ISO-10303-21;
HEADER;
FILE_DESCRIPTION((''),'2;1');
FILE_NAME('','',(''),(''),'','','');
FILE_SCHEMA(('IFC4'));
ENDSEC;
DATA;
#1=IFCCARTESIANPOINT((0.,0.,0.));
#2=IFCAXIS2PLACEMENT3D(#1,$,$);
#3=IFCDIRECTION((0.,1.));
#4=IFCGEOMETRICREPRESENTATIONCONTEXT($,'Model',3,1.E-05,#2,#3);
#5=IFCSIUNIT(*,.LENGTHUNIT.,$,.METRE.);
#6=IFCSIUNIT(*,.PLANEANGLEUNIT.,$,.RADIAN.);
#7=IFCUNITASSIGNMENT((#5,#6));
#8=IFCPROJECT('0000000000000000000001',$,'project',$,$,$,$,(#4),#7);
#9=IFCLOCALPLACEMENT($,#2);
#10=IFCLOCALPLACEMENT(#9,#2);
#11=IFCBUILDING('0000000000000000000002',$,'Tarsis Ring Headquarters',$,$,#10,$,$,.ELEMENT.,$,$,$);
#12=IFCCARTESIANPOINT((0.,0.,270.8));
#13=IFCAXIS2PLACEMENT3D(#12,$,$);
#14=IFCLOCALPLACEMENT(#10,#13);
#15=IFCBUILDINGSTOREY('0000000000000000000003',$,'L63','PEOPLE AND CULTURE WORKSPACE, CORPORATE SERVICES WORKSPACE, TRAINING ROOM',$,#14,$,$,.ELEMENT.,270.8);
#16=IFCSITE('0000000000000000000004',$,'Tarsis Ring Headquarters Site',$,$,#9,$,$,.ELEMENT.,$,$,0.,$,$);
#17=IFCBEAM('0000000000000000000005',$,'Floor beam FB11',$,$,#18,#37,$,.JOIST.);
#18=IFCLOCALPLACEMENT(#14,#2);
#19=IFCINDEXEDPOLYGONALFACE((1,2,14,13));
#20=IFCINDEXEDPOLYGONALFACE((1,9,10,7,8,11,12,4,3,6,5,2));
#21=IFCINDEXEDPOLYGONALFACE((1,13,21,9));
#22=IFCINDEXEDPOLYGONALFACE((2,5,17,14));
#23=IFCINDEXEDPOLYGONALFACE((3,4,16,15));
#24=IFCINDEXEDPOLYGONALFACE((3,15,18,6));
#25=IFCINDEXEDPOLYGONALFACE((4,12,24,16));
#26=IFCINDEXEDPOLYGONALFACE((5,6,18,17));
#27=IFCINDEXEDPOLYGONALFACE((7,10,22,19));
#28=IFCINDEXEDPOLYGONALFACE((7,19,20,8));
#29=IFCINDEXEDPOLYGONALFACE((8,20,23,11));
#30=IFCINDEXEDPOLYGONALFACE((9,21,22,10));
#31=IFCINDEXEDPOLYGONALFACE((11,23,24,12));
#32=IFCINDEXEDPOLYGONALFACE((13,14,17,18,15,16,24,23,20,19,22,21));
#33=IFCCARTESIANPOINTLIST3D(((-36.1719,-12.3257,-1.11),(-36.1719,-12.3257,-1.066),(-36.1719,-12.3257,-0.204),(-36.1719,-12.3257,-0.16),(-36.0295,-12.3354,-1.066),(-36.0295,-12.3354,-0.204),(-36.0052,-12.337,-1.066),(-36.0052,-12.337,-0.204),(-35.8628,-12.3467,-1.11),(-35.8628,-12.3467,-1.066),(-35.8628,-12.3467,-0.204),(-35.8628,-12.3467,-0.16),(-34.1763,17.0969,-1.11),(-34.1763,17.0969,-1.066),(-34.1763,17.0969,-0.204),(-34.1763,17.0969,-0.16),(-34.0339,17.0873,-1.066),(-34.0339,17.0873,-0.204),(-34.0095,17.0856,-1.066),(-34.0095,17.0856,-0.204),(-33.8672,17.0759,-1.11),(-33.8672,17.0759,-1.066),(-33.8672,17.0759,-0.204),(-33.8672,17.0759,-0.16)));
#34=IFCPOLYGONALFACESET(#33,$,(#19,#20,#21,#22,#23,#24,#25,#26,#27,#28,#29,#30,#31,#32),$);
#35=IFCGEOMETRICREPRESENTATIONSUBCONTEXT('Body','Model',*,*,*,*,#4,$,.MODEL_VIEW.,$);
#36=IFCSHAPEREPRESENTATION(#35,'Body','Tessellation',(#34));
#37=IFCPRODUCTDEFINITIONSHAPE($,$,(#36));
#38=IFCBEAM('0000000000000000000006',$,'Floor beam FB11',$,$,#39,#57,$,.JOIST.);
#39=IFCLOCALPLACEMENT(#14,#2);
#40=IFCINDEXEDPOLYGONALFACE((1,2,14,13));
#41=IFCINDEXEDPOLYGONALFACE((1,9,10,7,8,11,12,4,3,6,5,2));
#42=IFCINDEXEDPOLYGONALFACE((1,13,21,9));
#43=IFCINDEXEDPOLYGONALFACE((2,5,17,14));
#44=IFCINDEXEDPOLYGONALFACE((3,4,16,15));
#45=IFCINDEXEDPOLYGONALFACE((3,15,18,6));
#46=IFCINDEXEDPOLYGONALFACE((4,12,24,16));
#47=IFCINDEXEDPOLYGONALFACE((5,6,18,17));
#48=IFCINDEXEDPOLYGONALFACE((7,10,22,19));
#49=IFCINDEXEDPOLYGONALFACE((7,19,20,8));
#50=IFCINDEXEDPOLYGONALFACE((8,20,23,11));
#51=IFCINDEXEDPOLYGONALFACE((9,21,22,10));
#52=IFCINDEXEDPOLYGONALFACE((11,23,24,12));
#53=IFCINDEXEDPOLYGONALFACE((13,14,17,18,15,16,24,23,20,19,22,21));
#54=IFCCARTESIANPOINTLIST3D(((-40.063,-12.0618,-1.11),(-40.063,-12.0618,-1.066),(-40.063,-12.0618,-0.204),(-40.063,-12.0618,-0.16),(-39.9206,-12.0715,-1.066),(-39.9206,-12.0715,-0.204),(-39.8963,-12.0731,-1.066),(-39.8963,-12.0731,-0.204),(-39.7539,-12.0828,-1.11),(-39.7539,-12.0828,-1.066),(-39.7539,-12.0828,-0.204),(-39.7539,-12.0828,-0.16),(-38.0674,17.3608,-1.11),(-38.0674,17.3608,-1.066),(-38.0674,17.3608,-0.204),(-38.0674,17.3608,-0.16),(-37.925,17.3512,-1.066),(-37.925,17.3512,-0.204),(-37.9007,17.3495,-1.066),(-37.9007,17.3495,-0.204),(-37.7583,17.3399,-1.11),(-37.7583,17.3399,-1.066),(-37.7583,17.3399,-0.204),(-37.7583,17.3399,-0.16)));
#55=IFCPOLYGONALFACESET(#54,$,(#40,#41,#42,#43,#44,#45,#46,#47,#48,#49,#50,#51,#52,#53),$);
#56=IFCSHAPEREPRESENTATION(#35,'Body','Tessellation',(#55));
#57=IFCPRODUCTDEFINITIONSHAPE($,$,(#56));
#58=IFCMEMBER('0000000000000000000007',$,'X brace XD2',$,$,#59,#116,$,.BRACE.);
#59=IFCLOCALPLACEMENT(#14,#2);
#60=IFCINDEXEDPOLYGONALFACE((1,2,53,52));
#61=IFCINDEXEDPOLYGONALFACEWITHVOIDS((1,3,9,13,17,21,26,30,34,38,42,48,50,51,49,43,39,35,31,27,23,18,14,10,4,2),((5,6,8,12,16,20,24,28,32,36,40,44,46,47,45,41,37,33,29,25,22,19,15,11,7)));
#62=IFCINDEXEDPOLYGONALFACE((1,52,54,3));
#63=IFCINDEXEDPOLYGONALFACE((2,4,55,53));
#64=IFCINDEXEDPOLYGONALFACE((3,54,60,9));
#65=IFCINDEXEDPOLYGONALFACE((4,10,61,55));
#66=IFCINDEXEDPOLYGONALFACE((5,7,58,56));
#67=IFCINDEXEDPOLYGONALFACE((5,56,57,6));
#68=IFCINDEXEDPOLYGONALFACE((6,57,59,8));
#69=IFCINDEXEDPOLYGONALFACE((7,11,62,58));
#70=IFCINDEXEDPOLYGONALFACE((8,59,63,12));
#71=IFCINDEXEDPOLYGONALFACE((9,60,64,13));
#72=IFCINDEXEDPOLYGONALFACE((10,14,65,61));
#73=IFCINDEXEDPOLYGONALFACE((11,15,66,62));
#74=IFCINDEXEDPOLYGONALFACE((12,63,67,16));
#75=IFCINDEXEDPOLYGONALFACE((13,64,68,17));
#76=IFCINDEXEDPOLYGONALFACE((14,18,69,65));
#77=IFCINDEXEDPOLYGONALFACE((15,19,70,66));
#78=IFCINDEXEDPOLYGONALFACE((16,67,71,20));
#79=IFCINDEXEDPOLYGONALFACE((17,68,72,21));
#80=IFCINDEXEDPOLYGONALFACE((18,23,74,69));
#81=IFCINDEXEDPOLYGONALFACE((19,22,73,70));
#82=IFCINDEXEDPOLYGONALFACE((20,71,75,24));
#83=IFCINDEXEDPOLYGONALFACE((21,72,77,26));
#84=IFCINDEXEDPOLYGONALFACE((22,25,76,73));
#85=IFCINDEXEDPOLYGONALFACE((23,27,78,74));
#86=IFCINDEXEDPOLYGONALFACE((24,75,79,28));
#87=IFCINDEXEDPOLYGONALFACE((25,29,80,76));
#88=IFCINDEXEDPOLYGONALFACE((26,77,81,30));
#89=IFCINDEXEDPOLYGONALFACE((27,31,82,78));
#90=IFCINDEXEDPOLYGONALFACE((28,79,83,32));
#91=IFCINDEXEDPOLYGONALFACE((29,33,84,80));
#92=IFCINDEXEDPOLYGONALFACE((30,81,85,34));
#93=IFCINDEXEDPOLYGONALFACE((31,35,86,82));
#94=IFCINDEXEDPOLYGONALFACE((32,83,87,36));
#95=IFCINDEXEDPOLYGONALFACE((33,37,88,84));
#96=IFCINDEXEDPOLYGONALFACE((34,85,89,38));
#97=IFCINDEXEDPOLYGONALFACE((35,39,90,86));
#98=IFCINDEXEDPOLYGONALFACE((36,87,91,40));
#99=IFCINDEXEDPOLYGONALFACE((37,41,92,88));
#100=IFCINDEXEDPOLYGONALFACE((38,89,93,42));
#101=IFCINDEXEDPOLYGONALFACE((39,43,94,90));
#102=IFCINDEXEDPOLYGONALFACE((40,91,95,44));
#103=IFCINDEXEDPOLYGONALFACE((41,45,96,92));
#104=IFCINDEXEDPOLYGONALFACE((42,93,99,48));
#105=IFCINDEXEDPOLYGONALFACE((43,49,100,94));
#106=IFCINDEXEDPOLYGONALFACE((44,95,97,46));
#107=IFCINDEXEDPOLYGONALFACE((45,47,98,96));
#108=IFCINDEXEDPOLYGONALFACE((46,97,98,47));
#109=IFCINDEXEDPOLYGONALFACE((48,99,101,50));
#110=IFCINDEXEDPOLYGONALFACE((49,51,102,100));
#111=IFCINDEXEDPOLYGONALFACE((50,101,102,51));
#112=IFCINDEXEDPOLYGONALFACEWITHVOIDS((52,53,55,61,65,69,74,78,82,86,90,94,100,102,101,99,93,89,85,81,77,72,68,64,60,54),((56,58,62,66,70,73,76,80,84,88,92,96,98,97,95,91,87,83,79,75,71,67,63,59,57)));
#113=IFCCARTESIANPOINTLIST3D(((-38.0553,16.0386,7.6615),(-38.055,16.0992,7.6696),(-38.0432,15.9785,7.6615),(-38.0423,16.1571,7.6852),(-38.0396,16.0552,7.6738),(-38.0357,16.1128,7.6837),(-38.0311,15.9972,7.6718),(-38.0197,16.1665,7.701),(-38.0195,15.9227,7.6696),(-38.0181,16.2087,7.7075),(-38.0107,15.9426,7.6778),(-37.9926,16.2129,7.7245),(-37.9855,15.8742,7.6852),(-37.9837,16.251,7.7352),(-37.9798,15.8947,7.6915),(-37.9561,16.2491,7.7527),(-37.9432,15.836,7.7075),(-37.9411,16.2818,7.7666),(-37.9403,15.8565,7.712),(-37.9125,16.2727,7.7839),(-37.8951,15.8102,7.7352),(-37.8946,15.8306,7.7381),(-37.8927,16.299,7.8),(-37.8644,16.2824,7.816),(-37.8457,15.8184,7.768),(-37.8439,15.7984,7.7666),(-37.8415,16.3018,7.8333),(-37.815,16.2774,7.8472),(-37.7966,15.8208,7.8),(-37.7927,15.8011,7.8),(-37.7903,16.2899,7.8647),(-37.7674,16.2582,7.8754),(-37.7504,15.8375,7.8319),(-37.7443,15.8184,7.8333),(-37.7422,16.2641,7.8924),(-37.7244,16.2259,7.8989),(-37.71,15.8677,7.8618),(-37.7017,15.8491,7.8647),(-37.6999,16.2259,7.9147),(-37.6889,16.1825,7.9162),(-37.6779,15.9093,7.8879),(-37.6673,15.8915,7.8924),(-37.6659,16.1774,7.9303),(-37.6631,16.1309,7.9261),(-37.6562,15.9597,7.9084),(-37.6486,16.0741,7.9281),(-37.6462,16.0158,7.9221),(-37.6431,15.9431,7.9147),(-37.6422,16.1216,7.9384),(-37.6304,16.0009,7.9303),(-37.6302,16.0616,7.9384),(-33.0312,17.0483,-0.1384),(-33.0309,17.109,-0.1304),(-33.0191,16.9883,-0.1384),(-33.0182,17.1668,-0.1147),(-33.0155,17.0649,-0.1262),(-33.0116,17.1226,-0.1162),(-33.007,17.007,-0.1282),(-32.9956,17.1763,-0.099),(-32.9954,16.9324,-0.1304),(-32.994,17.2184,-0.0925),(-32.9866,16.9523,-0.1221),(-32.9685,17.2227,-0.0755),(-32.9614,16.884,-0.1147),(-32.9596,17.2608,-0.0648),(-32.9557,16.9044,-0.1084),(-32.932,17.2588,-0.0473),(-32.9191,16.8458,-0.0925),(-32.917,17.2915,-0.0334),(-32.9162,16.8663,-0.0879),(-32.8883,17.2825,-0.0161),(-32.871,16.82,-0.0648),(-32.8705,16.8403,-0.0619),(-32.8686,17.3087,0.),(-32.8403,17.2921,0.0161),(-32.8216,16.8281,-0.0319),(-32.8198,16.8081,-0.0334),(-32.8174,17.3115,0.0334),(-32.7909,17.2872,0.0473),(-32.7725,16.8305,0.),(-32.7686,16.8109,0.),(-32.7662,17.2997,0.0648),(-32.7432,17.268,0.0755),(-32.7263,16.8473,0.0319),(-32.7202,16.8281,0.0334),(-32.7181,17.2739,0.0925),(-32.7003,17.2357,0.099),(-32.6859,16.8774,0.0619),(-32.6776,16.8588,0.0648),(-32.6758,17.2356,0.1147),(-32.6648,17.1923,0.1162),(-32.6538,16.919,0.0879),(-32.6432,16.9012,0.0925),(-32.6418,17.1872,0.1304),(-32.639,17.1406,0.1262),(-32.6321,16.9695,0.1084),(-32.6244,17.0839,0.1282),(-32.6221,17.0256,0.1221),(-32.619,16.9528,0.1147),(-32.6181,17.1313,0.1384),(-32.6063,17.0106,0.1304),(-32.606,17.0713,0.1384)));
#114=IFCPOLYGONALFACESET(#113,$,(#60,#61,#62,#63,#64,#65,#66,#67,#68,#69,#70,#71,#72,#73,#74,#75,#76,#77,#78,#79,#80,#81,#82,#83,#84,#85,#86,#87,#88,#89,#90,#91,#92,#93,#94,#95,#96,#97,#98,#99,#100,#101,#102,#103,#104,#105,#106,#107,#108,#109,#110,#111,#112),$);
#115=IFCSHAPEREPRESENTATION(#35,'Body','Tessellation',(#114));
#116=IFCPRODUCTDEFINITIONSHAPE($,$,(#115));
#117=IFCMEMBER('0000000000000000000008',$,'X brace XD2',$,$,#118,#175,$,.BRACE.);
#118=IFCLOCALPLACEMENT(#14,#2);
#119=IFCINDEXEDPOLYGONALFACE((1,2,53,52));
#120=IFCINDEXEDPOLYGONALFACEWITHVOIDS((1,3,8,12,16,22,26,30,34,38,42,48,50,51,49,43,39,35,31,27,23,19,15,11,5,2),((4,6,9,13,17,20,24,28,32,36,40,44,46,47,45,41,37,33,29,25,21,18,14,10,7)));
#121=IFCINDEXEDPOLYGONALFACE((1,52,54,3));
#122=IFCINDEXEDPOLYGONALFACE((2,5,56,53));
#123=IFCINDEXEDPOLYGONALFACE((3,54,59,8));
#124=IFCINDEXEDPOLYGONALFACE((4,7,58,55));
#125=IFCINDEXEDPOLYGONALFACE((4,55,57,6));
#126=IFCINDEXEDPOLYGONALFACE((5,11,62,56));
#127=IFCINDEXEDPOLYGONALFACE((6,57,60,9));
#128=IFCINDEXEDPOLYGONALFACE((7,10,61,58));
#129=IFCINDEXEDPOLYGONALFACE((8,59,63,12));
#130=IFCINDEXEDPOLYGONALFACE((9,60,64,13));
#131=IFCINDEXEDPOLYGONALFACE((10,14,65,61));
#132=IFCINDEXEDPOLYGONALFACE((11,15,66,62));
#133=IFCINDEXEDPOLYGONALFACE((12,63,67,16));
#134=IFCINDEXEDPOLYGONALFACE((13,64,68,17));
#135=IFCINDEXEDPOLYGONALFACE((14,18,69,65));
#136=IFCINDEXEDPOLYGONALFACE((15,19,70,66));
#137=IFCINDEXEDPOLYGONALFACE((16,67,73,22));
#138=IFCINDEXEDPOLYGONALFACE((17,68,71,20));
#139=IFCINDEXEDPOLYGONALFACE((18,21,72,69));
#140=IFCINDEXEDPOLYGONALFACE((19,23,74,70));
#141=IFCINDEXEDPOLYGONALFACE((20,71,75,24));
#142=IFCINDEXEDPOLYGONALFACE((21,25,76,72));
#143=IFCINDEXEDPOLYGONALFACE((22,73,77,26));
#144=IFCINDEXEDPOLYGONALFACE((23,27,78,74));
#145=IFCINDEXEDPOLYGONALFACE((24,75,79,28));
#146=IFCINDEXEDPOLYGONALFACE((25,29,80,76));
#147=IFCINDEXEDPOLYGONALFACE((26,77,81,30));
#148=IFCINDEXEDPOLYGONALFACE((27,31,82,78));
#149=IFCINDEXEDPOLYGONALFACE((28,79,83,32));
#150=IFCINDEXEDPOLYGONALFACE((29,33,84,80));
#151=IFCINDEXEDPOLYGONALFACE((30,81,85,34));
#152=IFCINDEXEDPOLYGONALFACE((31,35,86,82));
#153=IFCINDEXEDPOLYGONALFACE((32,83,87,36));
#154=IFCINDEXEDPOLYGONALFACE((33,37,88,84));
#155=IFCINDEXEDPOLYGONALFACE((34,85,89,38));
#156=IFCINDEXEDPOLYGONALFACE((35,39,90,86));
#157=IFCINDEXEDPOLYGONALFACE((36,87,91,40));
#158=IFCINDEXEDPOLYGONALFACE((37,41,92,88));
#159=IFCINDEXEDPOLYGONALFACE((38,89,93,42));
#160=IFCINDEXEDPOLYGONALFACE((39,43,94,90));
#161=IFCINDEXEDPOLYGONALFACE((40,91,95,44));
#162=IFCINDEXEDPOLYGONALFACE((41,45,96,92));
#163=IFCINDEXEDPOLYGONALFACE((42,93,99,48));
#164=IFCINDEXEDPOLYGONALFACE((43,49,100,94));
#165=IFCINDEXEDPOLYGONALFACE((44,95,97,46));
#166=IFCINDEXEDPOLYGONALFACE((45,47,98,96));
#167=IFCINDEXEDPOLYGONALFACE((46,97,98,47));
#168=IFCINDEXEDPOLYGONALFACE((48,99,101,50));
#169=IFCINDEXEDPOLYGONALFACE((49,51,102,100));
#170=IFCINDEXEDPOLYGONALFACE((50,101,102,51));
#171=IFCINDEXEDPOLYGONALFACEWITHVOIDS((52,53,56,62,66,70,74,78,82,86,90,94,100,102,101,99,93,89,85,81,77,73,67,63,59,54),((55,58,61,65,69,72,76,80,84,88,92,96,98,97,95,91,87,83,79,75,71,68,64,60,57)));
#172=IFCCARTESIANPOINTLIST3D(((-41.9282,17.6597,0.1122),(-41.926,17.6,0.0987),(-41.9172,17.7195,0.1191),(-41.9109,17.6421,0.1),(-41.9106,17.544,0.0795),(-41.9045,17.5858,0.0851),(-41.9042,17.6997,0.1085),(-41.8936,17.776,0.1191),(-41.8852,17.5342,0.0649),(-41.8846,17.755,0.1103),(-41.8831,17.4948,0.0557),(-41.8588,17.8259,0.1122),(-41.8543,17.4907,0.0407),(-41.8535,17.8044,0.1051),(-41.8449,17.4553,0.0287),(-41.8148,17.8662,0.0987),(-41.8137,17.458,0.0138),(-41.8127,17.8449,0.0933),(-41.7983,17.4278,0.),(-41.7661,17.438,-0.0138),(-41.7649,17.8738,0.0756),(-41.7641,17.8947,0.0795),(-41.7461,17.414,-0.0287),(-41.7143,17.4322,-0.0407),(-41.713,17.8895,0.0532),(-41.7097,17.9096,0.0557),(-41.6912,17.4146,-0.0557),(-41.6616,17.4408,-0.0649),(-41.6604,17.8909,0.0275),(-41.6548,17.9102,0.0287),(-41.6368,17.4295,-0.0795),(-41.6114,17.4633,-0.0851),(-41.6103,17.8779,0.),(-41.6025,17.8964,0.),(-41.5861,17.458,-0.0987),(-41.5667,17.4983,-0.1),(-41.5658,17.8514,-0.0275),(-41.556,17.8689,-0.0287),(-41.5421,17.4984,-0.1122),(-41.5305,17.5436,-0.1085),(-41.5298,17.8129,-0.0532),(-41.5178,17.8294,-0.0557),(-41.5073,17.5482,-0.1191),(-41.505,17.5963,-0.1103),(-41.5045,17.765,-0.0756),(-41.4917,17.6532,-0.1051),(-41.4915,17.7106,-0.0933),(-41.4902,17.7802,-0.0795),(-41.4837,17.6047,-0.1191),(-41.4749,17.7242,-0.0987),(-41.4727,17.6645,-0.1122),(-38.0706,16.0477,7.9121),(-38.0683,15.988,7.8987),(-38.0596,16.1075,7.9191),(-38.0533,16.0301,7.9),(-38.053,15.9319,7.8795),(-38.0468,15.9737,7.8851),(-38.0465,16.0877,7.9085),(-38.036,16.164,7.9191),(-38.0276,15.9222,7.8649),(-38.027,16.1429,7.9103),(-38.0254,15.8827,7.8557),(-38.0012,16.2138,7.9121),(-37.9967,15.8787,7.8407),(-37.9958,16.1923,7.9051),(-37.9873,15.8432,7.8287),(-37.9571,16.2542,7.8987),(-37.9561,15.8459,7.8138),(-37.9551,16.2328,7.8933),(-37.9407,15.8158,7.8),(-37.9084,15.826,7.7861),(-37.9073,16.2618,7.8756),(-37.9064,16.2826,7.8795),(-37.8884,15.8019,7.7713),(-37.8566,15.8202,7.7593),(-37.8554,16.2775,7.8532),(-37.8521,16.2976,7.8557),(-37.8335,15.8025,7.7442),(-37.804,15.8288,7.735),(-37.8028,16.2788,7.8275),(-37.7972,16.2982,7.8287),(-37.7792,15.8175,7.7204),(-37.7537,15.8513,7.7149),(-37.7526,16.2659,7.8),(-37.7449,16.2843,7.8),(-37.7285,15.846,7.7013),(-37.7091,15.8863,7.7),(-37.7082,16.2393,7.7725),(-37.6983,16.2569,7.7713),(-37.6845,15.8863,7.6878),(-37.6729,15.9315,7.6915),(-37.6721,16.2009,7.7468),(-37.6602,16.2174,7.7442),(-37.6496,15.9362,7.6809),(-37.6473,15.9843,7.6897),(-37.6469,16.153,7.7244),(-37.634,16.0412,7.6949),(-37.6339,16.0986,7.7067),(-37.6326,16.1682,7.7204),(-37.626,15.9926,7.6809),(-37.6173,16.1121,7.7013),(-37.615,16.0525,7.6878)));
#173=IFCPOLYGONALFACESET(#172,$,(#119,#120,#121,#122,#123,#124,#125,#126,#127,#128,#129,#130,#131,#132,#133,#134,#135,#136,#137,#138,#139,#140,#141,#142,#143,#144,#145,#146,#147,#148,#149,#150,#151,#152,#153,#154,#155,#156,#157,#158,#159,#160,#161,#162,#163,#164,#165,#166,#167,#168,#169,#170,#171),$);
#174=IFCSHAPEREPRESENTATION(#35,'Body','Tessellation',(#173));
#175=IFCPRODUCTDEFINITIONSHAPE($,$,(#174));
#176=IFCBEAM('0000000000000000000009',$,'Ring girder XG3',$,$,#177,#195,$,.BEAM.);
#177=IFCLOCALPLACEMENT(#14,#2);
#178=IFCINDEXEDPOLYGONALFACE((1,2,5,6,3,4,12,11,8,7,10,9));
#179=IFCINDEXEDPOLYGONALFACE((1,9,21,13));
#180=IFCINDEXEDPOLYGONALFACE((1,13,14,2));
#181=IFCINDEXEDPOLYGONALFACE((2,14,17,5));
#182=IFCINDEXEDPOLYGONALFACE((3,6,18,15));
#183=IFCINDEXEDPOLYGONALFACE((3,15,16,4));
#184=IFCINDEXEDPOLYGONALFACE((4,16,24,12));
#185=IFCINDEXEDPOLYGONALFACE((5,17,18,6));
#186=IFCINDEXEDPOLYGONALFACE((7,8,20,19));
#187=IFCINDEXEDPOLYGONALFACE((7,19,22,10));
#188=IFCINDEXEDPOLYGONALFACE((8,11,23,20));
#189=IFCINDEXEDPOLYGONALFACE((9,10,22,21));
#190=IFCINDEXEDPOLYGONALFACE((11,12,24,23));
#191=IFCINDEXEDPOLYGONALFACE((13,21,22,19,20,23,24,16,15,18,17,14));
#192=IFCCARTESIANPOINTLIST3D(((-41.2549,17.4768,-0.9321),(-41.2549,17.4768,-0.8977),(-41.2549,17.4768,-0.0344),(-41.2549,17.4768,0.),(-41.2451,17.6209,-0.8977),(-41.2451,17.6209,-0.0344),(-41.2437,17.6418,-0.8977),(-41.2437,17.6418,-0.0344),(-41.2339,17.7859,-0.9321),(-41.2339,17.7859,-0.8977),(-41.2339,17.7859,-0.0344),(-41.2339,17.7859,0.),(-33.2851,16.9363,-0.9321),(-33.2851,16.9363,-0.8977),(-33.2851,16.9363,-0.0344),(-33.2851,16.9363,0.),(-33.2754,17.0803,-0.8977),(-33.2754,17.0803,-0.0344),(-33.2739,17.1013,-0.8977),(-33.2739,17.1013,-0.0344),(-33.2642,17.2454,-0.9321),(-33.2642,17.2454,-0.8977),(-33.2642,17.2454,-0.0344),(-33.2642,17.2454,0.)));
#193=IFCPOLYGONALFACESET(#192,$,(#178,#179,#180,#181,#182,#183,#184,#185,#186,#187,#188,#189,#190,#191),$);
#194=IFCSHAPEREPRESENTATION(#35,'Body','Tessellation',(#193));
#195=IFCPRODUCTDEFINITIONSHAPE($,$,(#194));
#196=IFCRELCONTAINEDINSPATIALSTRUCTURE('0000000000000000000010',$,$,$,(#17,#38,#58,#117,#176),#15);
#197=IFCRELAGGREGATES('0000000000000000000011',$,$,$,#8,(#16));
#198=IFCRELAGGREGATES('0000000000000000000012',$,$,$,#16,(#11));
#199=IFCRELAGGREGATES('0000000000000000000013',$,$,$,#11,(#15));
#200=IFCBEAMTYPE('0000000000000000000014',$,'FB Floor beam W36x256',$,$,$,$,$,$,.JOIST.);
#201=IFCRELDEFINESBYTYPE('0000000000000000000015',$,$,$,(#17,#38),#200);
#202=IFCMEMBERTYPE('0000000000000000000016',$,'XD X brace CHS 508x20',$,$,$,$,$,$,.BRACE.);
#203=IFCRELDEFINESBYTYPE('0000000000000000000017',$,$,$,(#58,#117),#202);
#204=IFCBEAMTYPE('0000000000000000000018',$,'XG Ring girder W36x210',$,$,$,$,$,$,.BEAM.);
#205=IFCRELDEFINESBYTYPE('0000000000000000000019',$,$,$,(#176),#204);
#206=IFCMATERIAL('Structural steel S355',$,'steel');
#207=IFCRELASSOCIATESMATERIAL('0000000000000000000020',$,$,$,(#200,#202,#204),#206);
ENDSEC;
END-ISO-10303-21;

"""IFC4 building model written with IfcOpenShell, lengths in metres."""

from ifc_helpers import new_model, si_unit, direction, frame, origin, origin_2d, place, context, subcontext, project, spatial, hollow_circle, i_section, extrude, material, material_profile, profile_set, type_object, element, save


model = new_model("IFC4")

# Units and contexts
model_context = context("Model", 3, precision=1e-05, world=origin(), true_north=direction((0.0, 1.0)))
body_context = subcontext(model_context, "Body", "Model", "MODEL_VIEW")
ifc_project = project(units=[si_unit("LENGTHUNIT", "METRE"), si_unit("PLANEANGLEUNIT", "RADIAN")], contexts=[model_context])

# Site, building, storey
site_placement = place(None, origin())
site = spatial("IfcSite", under=ifc_project, at=site_placement, Name="Tarsis Ring Headquarters Site", CompositionType="ELEMENT", RefElevation=0.0)
building_placement = place(site_placement, origin())
building = spatial("IfcBuilding", under=site, at=building_placement, Name="Tarsis Ring Headquarters", CompositionType="ELEMENT")
storey_placement = place(building_placement, frame((0.0, 0.0, 270.8)))
storey = spatial("IfcBuildingStorey", under=building, at=storey_placement, Name="L63", Description="PEOPLE AND CULTURE WORKSPACE, CORPORATE SERVICES WORKSPACE, TRAINING ROOM", CompositionType="ELEMENT", Elevation=270.8)

# Shared definitions
ifc_material_1 = material(Name="Structural steel S355", Category="steel")

# Beams
ifc_material_profile_1 = material_profile(ifc_material_1, i_section(OverallWidth=0.3098, OverallDepth=0.95, WebThickness=0.0244, FlangeThickness=0.0439, at=origin_2d()), Name="W36x256")
ifc_profile_set_1 = profile_set([ifc_material_profile_1], Name="Structural steel S355")
beam_type_1 = type_object("IfcBeamType", Name="FB Floor beam W36x256", PredefinedType="JOIST", material=ifc_profile_set_1)
for number, where, z_axis, x_axis, name in (
    (1, (-34.0217, 17.0864, -0.635), (-0.06767, -0.997708, 0.0), (0.997708, -0.06767, 0.0), "Floor beam FB11"),
    (2, (-37.9128, 17.3503, -0.635), (-0.06767, -0.997708, 0.0), (0.997708, -0.06767, 0.0), "Floor beam FB11"),
):
    element("IfcBeam", number, at=place(storey_placement, frame(where, z_axis=z_axis, x_axis=x_axis)), inside=storey, type_object=beam_type_1, Name=name, PredefinedType="JOIST", context=body_context, shape_type="SweptSolid", body=[
        extrude(i_section(OverallWidth=0.3098, OverallDepth=0.95, WebThickness=0.0244, FlangeThickness=0.0439, at=origin_2d()), origin(), (0.0, 0.0, 1.0), 29.4902),
    ])

# Members
ifc_material_profile_2 = material_profile(ifc_material_1, hollow_circle(Radius=0.2539, WallThickness=0.02, at=origin_2d()), Name="CHS 508x20")
ifc_profile_set_2 = profile_set([ifc_material_profile_2], Name="Structural steel S355")
member_type = type_object("IfcMemberType", Name="XD X brace CHS 508x20", PredefinedType="BRACE", material=ifc_profile_set_2)
member_1_placement = place(storey_placement, frame((-32.8186, 17.0598, 0.0), z_axis=(-0.53833, -0.108194, 0.83576), x_axis=(0.197041, -0.980395, 0.0)))
element("IfcMember", 3, at=member_1_placement, inside=storey, type_object=member_type, Name="X brace XD2", PredefinedType="BRACE", context=body_context, shape_type="SweptSolid", body=[
    extrude(hollow_circle(Radius=0.2539, WallThickness=0.02, at=origin_2d()), origin(), (0.0, 0.0, 1.0), 9.3328),
])
member_2_placement = place(storey_placement, frame((-41.7004, 17.6621, 0.0), z_axis=(0.435898, -0.182155, 0.881369), x_axis=(0.385573, 0.922677, 0.0)))
element("IfcMember", 4, at=member_2_placement, inside=storey, type_object=member_type, Name="X brace XD2", PredefinedType="BRACE", context=body_context, shape_type="SweptSolid", body=[
    extrude(hollow_circle(Radius=0.2539, WallThickness=0.02, at=origin_2d()), origin(), (0.0, 0.0, 1.0), 8.8499),
])

# Beam
ifc_material_profile_3 = material_profile(ifc_material_1, i_section(OverallWidth=0.3098, OverallDepth=0.9321, WebThickness=0.021, FlangeThickness=0.0344, at=origin_2d()), Name="W36x210")
ifc_profile_set_3 = profile_set([ifc_material_profile_3], Name="Structural steel S355")
beam_type_2 = type_object("IfcBeamType", Name="XG Ring girder W36x210", PredefinedType="BEAM", material=ifc_profile_set_3)
beam_1_placement = place(storey_placement, frame((-33.2747, 17.0908, -0.4661), z_axis=(-0.997708, 0.067667, 0.0), x_axis=(-0.067667, -0.997708, 0.0)))
element("IfcBeam", 5, at=beam_1_placement, inside=storey, type_object=beam_type_2, Name="Ring girder XG3", PredefinedType="BEAM", context=body_context, shape_type="SweptSolid", body=[
    extrude(i_section(OverallWidth=0.3098, OverallDepth=0.9321, WebThickness=0.021, FlangeThickness=0.0344, at=origin_2d()), origin(), (0.0, 0.0, 1.0), 7.988),
])

save(model, "model.ifc")
